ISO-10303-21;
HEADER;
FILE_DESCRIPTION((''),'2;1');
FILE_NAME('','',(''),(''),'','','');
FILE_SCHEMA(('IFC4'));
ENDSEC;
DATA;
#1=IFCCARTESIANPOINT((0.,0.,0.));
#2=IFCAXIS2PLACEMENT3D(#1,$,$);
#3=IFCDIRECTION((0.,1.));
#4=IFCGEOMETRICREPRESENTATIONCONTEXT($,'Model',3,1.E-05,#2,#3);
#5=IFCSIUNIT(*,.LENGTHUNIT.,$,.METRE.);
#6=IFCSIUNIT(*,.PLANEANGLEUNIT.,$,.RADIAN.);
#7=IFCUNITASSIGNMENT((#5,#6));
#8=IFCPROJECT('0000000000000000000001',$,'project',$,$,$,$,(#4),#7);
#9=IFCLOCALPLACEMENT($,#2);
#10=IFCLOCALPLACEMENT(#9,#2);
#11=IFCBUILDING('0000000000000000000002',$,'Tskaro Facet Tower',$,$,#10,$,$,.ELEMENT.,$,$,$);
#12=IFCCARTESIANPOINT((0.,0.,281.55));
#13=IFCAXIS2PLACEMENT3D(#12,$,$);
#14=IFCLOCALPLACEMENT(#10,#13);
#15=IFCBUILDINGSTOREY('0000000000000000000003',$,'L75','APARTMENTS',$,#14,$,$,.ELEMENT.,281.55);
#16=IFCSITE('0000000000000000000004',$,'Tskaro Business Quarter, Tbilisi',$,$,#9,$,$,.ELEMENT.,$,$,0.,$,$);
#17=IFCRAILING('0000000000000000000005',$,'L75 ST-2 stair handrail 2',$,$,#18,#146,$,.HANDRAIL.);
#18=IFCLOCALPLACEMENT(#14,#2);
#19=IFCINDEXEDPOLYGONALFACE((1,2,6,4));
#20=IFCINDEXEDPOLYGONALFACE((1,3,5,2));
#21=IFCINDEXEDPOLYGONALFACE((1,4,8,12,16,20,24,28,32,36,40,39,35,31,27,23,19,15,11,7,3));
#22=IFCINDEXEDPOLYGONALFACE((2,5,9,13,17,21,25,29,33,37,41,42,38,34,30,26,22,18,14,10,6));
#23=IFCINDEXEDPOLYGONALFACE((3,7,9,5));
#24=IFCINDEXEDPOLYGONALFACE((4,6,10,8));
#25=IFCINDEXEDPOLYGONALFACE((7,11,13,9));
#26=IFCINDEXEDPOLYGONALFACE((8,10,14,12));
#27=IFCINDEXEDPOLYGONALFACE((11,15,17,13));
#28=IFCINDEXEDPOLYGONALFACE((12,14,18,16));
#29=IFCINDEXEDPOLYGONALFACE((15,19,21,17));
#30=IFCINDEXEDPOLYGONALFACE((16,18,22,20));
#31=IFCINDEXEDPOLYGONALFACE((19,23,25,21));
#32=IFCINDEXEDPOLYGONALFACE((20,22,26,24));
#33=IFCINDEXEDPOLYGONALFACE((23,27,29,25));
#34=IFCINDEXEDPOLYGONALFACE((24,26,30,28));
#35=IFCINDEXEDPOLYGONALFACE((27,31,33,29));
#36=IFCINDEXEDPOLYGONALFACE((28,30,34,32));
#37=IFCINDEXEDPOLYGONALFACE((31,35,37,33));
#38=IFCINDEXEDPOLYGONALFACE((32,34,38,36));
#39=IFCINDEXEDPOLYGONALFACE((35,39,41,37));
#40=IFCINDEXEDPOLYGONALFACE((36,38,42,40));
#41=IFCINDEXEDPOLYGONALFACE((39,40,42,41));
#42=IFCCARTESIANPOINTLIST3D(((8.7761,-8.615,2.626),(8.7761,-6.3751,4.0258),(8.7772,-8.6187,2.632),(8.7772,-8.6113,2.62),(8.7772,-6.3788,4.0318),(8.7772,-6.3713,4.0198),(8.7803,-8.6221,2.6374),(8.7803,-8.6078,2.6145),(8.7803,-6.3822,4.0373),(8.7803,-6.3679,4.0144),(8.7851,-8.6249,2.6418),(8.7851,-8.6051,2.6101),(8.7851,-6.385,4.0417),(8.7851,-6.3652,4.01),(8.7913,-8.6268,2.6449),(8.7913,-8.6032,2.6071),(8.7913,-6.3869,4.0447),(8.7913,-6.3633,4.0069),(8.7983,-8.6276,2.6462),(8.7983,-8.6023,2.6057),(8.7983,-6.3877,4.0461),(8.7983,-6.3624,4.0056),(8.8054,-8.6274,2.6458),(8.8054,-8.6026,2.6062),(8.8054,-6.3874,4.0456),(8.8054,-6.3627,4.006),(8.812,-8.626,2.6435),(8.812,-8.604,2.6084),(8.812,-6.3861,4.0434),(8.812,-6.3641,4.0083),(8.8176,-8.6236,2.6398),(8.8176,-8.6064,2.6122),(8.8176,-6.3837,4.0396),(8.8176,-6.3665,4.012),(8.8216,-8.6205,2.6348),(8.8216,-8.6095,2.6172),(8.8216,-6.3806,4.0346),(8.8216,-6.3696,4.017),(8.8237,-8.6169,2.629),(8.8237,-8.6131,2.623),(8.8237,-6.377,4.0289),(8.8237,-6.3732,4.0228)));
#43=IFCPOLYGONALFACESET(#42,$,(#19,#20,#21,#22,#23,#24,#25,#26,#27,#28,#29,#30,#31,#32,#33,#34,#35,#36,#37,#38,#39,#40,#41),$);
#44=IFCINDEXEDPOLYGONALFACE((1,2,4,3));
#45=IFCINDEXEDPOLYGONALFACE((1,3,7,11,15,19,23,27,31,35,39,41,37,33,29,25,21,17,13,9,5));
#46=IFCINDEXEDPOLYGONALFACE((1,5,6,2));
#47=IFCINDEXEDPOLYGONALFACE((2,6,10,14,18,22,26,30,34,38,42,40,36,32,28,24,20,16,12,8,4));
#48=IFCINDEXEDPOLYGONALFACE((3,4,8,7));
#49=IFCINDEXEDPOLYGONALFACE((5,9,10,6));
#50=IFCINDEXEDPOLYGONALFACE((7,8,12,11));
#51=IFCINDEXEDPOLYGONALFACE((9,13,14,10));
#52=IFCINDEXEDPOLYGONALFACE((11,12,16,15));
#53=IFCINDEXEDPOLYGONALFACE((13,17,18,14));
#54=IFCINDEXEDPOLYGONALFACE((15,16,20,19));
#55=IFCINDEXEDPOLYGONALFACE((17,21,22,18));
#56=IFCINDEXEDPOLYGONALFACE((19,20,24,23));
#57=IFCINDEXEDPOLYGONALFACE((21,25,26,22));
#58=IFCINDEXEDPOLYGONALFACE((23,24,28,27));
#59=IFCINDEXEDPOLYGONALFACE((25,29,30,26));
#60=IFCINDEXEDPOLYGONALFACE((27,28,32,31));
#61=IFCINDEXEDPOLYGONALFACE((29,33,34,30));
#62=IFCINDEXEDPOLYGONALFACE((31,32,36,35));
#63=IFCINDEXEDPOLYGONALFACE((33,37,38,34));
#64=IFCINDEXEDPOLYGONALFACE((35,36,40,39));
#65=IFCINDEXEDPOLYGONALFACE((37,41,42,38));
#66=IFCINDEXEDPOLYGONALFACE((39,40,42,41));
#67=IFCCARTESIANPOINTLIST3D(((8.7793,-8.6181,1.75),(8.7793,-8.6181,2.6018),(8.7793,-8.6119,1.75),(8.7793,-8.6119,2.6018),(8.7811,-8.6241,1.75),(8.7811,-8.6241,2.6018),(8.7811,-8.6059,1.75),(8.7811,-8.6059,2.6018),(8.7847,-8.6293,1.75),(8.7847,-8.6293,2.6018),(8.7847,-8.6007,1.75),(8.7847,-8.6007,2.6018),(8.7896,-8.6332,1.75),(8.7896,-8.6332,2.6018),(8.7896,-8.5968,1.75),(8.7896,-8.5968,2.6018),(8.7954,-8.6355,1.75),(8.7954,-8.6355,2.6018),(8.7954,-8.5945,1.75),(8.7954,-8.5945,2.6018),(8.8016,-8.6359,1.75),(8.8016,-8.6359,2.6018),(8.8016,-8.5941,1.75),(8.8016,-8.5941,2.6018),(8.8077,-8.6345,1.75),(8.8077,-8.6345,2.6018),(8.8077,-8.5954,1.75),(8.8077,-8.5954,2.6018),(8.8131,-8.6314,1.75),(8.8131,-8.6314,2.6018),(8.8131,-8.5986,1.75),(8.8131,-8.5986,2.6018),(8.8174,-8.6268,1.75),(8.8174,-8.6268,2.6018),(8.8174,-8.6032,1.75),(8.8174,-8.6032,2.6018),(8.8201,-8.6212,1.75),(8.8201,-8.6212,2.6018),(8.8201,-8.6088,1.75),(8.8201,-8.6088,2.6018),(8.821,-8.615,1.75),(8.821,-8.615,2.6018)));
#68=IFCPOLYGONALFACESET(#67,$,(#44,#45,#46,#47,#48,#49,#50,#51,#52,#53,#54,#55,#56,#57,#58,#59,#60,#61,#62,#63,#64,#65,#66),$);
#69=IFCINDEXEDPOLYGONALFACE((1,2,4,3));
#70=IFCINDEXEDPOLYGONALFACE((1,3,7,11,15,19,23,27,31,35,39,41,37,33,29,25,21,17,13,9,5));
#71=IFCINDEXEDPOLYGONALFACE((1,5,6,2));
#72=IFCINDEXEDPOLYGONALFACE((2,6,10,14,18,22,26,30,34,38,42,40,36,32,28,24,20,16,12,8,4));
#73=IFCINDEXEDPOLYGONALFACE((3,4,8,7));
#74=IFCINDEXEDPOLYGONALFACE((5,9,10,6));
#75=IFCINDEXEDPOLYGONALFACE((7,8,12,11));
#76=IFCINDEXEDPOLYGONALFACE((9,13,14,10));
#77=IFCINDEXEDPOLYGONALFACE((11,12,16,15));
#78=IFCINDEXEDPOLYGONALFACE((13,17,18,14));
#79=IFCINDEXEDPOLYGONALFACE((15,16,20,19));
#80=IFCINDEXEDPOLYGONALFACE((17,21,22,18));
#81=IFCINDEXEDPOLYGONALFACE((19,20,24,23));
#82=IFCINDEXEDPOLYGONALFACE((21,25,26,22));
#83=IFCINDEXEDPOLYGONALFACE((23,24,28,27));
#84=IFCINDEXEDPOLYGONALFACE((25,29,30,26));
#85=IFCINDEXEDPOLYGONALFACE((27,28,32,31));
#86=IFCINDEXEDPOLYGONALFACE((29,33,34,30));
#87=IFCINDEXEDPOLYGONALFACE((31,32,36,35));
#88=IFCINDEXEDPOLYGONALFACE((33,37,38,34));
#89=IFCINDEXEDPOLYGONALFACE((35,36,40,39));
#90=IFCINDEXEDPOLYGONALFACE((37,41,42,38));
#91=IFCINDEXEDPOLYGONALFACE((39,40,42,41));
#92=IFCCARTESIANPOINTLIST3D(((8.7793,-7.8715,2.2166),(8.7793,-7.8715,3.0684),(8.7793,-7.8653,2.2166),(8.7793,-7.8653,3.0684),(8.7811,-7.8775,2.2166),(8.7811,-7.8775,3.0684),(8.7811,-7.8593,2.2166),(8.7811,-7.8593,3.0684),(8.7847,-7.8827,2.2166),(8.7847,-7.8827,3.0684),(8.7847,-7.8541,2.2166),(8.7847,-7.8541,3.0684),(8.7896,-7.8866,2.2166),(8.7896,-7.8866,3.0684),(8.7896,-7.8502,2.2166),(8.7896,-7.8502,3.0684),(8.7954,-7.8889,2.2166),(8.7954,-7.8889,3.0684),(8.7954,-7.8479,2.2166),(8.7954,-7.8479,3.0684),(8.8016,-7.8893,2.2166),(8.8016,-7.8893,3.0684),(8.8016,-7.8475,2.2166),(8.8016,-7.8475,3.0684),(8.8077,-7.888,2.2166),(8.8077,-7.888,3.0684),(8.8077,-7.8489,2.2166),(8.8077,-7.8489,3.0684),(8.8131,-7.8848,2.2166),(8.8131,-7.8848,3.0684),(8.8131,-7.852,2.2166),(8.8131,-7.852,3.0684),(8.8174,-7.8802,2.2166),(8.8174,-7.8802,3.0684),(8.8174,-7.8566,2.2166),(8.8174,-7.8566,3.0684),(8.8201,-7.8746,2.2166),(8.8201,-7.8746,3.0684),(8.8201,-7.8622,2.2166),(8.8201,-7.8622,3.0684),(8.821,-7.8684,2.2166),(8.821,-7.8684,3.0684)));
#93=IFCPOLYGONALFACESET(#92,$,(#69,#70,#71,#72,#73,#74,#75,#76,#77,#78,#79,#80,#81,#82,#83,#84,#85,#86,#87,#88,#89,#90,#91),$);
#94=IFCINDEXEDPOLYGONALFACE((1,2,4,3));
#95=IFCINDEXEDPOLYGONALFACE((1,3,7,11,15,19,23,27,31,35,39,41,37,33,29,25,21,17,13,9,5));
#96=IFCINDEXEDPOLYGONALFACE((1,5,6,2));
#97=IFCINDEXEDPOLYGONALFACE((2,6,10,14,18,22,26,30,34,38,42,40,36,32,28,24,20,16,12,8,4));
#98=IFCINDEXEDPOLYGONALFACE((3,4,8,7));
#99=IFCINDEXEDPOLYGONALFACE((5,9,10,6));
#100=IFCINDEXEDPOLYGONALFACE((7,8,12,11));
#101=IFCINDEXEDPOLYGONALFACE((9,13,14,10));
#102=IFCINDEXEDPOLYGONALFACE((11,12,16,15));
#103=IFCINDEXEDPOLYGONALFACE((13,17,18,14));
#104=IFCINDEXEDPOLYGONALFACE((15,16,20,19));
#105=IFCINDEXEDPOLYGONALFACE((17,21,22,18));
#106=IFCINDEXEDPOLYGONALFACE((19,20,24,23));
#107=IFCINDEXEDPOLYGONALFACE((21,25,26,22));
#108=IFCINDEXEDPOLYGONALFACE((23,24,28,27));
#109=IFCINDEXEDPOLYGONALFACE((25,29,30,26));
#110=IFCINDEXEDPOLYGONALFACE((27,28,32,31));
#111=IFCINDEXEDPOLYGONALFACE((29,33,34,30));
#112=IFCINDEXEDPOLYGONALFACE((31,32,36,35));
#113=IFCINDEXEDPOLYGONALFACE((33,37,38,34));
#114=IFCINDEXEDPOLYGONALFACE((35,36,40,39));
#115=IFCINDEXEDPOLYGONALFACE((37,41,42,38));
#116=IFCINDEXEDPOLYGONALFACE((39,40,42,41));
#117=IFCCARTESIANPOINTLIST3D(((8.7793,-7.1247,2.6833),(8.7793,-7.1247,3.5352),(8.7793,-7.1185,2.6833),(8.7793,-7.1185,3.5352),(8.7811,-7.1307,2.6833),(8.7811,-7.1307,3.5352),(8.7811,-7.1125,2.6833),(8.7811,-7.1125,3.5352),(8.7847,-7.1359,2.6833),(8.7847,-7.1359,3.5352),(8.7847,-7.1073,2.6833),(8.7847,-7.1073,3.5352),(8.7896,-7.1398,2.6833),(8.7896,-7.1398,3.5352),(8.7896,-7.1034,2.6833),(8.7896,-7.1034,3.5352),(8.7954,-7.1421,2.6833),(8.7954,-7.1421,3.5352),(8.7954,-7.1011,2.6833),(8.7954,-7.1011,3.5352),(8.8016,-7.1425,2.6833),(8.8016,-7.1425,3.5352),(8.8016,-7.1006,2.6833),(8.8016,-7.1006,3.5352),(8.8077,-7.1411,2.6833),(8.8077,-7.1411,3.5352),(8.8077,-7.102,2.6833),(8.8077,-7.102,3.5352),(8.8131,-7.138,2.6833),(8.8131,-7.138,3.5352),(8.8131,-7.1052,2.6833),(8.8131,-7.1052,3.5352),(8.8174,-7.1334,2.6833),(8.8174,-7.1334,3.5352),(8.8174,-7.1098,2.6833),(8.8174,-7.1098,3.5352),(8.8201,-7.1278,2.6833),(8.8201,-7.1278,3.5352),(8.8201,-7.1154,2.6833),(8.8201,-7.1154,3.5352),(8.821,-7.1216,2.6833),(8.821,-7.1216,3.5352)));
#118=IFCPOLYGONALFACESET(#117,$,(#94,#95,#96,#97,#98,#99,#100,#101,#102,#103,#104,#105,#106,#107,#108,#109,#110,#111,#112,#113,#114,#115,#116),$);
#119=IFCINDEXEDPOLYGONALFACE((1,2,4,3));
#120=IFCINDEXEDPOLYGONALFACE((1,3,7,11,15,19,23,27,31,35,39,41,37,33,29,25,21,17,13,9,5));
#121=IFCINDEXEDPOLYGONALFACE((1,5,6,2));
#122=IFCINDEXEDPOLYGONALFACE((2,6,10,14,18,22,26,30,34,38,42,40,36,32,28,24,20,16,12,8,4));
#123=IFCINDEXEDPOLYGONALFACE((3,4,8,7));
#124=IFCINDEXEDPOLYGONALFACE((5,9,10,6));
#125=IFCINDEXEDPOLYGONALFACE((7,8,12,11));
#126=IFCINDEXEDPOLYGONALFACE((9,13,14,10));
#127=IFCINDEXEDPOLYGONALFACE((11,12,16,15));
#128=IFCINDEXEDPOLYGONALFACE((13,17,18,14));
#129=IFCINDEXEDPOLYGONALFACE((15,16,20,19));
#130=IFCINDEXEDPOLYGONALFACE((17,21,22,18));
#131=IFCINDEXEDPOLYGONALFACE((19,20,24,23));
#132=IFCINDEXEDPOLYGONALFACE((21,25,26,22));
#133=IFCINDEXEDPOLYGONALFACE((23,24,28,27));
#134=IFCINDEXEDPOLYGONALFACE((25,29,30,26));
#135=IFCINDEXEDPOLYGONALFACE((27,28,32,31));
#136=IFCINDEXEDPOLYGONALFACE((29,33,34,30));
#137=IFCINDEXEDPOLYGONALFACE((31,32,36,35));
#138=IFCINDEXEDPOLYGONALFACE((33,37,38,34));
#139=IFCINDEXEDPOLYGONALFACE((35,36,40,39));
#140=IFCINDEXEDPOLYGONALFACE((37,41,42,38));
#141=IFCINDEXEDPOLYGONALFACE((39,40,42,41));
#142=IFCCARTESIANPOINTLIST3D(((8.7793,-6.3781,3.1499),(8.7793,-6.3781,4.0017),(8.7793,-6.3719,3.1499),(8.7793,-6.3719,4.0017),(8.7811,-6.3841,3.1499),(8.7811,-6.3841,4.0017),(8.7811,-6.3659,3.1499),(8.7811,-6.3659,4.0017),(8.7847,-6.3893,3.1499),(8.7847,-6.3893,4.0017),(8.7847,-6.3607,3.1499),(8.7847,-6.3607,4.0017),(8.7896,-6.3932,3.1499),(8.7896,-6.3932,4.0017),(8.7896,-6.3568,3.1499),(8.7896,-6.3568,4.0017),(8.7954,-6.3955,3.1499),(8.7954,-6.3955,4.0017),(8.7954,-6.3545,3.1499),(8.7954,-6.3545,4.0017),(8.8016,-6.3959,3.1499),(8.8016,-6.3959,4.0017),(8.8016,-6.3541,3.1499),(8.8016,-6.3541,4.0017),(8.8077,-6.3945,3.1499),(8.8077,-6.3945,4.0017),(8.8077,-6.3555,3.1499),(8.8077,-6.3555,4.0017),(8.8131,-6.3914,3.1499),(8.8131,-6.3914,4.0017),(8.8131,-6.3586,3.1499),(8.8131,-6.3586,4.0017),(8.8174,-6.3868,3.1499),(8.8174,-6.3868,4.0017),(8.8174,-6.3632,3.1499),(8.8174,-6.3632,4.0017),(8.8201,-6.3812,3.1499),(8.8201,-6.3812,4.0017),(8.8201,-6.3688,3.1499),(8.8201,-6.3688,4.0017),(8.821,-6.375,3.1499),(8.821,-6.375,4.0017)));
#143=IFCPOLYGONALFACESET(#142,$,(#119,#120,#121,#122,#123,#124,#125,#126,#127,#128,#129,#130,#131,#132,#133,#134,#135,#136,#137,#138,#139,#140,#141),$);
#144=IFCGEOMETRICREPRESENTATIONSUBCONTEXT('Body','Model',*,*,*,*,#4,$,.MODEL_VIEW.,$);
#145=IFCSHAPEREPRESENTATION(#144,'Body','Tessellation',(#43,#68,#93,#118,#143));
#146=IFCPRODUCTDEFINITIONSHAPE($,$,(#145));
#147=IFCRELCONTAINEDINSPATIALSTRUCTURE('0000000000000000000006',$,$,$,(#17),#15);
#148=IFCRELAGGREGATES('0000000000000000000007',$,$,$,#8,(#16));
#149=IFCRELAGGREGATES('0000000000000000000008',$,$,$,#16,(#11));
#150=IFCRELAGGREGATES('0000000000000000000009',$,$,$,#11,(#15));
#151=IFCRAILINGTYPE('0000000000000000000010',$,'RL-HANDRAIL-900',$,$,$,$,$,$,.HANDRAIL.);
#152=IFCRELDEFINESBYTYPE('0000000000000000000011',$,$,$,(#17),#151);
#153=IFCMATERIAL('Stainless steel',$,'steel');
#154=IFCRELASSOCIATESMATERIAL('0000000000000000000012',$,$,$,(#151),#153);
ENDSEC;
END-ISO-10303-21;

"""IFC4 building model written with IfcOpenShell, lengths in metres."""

from ifc_helpers import new_model, si_unit, direction, frame, origin, origin_2d, place, context, subcontext, project, spatial, circle, extrude, material, type_object, element, save


model = new_model("IFC4")

# Units and contexts
model_context = context("Model", 3, precision=1e-05, world=origin(), true_north=direction((0.0, 1.0)))
body_context = subcontext(model_context, "Body", "Model", "MODEL_VIEW")
ifc_project = project(units=[si_unit("LENGTHUNIT", "METRE"), si_unit("PLANEANGLEUNIT", "RADIAN")], contexts=[model_context])

# Site, building, storey
site_placement = place(None, origin())
site = spatial("IfcSite", under=ifc_project, at=site_placement, Name="Tskaro Business Quarter, Tbilisi", CompositionType="ELEMENT", RefElevation=0.0)
building_placement = place(site_placement, origin())
building = spatial("IfcBuilding", under=site, at=building_placement, Name="Tskaro Facet Tower", CompositionType="ELEMENT")
storey_placement = place(building_placement, frame((0.0, 0.0, 281.55)))
storey = spatial("IfcBuildingStorey", under=building, at=storey_placement, Name="L75", Description="APARTMENTS", CompositionType="ELEMENT", Elevation=281.55)

# Railing
ifc_material_1 = material(Name="Stainless steel", Category="steel")
railing_type_1 = type_object("IfcRailingType", Name="RL-HANDRAIL-900", PredefinedType="HANDRAIL", material=ifc_material_1)
railing_1_placement = place(storey_placement, frame((8.8, -8.615, 1.75)))
element("IfcRailing", 1, at=railing_1_placement, inside=storey, type_object=railing_type_1, Name="L75 ST-2 stair handrail 2", PredefinedType="HANDRAIL", context=body_context, shape_type="SweptSolid", body=[
    extrude(circle(Radius=0.0239, at=origin_2d()), frame((0.0, 0.0, 0.876), z_axis=(0.0, 0.848014, 0.529974), x_axis=(-1.0, 0.0, 0.0)), (0.0, 0.0, 1.0), 2.6414),
    extrude(circle(Radius=0.021, at=origin_2d()), origin(), (0.0, 0.0, 1.0), 0.8518),
    extrude(circle(Radius=0.021, at=origin_2d()), frame((0.0, 0.7466, 0.4666)), (0.0, 0.0, 1.0), 0.8518),
    extrude(circle(Radius=0.021, at=origin_2d()), frame((0.0, 1.4934, 0.9333)), (0.0, 0.0, 1.0), 0.8518),
    extrude(circle(Radius=0.021, at=origin_2d()), frame((0.0, 2.24, 1.3999)), (0.0, 0.0, 1.0), 0.8518),
])

save(model, "model.ifc")
